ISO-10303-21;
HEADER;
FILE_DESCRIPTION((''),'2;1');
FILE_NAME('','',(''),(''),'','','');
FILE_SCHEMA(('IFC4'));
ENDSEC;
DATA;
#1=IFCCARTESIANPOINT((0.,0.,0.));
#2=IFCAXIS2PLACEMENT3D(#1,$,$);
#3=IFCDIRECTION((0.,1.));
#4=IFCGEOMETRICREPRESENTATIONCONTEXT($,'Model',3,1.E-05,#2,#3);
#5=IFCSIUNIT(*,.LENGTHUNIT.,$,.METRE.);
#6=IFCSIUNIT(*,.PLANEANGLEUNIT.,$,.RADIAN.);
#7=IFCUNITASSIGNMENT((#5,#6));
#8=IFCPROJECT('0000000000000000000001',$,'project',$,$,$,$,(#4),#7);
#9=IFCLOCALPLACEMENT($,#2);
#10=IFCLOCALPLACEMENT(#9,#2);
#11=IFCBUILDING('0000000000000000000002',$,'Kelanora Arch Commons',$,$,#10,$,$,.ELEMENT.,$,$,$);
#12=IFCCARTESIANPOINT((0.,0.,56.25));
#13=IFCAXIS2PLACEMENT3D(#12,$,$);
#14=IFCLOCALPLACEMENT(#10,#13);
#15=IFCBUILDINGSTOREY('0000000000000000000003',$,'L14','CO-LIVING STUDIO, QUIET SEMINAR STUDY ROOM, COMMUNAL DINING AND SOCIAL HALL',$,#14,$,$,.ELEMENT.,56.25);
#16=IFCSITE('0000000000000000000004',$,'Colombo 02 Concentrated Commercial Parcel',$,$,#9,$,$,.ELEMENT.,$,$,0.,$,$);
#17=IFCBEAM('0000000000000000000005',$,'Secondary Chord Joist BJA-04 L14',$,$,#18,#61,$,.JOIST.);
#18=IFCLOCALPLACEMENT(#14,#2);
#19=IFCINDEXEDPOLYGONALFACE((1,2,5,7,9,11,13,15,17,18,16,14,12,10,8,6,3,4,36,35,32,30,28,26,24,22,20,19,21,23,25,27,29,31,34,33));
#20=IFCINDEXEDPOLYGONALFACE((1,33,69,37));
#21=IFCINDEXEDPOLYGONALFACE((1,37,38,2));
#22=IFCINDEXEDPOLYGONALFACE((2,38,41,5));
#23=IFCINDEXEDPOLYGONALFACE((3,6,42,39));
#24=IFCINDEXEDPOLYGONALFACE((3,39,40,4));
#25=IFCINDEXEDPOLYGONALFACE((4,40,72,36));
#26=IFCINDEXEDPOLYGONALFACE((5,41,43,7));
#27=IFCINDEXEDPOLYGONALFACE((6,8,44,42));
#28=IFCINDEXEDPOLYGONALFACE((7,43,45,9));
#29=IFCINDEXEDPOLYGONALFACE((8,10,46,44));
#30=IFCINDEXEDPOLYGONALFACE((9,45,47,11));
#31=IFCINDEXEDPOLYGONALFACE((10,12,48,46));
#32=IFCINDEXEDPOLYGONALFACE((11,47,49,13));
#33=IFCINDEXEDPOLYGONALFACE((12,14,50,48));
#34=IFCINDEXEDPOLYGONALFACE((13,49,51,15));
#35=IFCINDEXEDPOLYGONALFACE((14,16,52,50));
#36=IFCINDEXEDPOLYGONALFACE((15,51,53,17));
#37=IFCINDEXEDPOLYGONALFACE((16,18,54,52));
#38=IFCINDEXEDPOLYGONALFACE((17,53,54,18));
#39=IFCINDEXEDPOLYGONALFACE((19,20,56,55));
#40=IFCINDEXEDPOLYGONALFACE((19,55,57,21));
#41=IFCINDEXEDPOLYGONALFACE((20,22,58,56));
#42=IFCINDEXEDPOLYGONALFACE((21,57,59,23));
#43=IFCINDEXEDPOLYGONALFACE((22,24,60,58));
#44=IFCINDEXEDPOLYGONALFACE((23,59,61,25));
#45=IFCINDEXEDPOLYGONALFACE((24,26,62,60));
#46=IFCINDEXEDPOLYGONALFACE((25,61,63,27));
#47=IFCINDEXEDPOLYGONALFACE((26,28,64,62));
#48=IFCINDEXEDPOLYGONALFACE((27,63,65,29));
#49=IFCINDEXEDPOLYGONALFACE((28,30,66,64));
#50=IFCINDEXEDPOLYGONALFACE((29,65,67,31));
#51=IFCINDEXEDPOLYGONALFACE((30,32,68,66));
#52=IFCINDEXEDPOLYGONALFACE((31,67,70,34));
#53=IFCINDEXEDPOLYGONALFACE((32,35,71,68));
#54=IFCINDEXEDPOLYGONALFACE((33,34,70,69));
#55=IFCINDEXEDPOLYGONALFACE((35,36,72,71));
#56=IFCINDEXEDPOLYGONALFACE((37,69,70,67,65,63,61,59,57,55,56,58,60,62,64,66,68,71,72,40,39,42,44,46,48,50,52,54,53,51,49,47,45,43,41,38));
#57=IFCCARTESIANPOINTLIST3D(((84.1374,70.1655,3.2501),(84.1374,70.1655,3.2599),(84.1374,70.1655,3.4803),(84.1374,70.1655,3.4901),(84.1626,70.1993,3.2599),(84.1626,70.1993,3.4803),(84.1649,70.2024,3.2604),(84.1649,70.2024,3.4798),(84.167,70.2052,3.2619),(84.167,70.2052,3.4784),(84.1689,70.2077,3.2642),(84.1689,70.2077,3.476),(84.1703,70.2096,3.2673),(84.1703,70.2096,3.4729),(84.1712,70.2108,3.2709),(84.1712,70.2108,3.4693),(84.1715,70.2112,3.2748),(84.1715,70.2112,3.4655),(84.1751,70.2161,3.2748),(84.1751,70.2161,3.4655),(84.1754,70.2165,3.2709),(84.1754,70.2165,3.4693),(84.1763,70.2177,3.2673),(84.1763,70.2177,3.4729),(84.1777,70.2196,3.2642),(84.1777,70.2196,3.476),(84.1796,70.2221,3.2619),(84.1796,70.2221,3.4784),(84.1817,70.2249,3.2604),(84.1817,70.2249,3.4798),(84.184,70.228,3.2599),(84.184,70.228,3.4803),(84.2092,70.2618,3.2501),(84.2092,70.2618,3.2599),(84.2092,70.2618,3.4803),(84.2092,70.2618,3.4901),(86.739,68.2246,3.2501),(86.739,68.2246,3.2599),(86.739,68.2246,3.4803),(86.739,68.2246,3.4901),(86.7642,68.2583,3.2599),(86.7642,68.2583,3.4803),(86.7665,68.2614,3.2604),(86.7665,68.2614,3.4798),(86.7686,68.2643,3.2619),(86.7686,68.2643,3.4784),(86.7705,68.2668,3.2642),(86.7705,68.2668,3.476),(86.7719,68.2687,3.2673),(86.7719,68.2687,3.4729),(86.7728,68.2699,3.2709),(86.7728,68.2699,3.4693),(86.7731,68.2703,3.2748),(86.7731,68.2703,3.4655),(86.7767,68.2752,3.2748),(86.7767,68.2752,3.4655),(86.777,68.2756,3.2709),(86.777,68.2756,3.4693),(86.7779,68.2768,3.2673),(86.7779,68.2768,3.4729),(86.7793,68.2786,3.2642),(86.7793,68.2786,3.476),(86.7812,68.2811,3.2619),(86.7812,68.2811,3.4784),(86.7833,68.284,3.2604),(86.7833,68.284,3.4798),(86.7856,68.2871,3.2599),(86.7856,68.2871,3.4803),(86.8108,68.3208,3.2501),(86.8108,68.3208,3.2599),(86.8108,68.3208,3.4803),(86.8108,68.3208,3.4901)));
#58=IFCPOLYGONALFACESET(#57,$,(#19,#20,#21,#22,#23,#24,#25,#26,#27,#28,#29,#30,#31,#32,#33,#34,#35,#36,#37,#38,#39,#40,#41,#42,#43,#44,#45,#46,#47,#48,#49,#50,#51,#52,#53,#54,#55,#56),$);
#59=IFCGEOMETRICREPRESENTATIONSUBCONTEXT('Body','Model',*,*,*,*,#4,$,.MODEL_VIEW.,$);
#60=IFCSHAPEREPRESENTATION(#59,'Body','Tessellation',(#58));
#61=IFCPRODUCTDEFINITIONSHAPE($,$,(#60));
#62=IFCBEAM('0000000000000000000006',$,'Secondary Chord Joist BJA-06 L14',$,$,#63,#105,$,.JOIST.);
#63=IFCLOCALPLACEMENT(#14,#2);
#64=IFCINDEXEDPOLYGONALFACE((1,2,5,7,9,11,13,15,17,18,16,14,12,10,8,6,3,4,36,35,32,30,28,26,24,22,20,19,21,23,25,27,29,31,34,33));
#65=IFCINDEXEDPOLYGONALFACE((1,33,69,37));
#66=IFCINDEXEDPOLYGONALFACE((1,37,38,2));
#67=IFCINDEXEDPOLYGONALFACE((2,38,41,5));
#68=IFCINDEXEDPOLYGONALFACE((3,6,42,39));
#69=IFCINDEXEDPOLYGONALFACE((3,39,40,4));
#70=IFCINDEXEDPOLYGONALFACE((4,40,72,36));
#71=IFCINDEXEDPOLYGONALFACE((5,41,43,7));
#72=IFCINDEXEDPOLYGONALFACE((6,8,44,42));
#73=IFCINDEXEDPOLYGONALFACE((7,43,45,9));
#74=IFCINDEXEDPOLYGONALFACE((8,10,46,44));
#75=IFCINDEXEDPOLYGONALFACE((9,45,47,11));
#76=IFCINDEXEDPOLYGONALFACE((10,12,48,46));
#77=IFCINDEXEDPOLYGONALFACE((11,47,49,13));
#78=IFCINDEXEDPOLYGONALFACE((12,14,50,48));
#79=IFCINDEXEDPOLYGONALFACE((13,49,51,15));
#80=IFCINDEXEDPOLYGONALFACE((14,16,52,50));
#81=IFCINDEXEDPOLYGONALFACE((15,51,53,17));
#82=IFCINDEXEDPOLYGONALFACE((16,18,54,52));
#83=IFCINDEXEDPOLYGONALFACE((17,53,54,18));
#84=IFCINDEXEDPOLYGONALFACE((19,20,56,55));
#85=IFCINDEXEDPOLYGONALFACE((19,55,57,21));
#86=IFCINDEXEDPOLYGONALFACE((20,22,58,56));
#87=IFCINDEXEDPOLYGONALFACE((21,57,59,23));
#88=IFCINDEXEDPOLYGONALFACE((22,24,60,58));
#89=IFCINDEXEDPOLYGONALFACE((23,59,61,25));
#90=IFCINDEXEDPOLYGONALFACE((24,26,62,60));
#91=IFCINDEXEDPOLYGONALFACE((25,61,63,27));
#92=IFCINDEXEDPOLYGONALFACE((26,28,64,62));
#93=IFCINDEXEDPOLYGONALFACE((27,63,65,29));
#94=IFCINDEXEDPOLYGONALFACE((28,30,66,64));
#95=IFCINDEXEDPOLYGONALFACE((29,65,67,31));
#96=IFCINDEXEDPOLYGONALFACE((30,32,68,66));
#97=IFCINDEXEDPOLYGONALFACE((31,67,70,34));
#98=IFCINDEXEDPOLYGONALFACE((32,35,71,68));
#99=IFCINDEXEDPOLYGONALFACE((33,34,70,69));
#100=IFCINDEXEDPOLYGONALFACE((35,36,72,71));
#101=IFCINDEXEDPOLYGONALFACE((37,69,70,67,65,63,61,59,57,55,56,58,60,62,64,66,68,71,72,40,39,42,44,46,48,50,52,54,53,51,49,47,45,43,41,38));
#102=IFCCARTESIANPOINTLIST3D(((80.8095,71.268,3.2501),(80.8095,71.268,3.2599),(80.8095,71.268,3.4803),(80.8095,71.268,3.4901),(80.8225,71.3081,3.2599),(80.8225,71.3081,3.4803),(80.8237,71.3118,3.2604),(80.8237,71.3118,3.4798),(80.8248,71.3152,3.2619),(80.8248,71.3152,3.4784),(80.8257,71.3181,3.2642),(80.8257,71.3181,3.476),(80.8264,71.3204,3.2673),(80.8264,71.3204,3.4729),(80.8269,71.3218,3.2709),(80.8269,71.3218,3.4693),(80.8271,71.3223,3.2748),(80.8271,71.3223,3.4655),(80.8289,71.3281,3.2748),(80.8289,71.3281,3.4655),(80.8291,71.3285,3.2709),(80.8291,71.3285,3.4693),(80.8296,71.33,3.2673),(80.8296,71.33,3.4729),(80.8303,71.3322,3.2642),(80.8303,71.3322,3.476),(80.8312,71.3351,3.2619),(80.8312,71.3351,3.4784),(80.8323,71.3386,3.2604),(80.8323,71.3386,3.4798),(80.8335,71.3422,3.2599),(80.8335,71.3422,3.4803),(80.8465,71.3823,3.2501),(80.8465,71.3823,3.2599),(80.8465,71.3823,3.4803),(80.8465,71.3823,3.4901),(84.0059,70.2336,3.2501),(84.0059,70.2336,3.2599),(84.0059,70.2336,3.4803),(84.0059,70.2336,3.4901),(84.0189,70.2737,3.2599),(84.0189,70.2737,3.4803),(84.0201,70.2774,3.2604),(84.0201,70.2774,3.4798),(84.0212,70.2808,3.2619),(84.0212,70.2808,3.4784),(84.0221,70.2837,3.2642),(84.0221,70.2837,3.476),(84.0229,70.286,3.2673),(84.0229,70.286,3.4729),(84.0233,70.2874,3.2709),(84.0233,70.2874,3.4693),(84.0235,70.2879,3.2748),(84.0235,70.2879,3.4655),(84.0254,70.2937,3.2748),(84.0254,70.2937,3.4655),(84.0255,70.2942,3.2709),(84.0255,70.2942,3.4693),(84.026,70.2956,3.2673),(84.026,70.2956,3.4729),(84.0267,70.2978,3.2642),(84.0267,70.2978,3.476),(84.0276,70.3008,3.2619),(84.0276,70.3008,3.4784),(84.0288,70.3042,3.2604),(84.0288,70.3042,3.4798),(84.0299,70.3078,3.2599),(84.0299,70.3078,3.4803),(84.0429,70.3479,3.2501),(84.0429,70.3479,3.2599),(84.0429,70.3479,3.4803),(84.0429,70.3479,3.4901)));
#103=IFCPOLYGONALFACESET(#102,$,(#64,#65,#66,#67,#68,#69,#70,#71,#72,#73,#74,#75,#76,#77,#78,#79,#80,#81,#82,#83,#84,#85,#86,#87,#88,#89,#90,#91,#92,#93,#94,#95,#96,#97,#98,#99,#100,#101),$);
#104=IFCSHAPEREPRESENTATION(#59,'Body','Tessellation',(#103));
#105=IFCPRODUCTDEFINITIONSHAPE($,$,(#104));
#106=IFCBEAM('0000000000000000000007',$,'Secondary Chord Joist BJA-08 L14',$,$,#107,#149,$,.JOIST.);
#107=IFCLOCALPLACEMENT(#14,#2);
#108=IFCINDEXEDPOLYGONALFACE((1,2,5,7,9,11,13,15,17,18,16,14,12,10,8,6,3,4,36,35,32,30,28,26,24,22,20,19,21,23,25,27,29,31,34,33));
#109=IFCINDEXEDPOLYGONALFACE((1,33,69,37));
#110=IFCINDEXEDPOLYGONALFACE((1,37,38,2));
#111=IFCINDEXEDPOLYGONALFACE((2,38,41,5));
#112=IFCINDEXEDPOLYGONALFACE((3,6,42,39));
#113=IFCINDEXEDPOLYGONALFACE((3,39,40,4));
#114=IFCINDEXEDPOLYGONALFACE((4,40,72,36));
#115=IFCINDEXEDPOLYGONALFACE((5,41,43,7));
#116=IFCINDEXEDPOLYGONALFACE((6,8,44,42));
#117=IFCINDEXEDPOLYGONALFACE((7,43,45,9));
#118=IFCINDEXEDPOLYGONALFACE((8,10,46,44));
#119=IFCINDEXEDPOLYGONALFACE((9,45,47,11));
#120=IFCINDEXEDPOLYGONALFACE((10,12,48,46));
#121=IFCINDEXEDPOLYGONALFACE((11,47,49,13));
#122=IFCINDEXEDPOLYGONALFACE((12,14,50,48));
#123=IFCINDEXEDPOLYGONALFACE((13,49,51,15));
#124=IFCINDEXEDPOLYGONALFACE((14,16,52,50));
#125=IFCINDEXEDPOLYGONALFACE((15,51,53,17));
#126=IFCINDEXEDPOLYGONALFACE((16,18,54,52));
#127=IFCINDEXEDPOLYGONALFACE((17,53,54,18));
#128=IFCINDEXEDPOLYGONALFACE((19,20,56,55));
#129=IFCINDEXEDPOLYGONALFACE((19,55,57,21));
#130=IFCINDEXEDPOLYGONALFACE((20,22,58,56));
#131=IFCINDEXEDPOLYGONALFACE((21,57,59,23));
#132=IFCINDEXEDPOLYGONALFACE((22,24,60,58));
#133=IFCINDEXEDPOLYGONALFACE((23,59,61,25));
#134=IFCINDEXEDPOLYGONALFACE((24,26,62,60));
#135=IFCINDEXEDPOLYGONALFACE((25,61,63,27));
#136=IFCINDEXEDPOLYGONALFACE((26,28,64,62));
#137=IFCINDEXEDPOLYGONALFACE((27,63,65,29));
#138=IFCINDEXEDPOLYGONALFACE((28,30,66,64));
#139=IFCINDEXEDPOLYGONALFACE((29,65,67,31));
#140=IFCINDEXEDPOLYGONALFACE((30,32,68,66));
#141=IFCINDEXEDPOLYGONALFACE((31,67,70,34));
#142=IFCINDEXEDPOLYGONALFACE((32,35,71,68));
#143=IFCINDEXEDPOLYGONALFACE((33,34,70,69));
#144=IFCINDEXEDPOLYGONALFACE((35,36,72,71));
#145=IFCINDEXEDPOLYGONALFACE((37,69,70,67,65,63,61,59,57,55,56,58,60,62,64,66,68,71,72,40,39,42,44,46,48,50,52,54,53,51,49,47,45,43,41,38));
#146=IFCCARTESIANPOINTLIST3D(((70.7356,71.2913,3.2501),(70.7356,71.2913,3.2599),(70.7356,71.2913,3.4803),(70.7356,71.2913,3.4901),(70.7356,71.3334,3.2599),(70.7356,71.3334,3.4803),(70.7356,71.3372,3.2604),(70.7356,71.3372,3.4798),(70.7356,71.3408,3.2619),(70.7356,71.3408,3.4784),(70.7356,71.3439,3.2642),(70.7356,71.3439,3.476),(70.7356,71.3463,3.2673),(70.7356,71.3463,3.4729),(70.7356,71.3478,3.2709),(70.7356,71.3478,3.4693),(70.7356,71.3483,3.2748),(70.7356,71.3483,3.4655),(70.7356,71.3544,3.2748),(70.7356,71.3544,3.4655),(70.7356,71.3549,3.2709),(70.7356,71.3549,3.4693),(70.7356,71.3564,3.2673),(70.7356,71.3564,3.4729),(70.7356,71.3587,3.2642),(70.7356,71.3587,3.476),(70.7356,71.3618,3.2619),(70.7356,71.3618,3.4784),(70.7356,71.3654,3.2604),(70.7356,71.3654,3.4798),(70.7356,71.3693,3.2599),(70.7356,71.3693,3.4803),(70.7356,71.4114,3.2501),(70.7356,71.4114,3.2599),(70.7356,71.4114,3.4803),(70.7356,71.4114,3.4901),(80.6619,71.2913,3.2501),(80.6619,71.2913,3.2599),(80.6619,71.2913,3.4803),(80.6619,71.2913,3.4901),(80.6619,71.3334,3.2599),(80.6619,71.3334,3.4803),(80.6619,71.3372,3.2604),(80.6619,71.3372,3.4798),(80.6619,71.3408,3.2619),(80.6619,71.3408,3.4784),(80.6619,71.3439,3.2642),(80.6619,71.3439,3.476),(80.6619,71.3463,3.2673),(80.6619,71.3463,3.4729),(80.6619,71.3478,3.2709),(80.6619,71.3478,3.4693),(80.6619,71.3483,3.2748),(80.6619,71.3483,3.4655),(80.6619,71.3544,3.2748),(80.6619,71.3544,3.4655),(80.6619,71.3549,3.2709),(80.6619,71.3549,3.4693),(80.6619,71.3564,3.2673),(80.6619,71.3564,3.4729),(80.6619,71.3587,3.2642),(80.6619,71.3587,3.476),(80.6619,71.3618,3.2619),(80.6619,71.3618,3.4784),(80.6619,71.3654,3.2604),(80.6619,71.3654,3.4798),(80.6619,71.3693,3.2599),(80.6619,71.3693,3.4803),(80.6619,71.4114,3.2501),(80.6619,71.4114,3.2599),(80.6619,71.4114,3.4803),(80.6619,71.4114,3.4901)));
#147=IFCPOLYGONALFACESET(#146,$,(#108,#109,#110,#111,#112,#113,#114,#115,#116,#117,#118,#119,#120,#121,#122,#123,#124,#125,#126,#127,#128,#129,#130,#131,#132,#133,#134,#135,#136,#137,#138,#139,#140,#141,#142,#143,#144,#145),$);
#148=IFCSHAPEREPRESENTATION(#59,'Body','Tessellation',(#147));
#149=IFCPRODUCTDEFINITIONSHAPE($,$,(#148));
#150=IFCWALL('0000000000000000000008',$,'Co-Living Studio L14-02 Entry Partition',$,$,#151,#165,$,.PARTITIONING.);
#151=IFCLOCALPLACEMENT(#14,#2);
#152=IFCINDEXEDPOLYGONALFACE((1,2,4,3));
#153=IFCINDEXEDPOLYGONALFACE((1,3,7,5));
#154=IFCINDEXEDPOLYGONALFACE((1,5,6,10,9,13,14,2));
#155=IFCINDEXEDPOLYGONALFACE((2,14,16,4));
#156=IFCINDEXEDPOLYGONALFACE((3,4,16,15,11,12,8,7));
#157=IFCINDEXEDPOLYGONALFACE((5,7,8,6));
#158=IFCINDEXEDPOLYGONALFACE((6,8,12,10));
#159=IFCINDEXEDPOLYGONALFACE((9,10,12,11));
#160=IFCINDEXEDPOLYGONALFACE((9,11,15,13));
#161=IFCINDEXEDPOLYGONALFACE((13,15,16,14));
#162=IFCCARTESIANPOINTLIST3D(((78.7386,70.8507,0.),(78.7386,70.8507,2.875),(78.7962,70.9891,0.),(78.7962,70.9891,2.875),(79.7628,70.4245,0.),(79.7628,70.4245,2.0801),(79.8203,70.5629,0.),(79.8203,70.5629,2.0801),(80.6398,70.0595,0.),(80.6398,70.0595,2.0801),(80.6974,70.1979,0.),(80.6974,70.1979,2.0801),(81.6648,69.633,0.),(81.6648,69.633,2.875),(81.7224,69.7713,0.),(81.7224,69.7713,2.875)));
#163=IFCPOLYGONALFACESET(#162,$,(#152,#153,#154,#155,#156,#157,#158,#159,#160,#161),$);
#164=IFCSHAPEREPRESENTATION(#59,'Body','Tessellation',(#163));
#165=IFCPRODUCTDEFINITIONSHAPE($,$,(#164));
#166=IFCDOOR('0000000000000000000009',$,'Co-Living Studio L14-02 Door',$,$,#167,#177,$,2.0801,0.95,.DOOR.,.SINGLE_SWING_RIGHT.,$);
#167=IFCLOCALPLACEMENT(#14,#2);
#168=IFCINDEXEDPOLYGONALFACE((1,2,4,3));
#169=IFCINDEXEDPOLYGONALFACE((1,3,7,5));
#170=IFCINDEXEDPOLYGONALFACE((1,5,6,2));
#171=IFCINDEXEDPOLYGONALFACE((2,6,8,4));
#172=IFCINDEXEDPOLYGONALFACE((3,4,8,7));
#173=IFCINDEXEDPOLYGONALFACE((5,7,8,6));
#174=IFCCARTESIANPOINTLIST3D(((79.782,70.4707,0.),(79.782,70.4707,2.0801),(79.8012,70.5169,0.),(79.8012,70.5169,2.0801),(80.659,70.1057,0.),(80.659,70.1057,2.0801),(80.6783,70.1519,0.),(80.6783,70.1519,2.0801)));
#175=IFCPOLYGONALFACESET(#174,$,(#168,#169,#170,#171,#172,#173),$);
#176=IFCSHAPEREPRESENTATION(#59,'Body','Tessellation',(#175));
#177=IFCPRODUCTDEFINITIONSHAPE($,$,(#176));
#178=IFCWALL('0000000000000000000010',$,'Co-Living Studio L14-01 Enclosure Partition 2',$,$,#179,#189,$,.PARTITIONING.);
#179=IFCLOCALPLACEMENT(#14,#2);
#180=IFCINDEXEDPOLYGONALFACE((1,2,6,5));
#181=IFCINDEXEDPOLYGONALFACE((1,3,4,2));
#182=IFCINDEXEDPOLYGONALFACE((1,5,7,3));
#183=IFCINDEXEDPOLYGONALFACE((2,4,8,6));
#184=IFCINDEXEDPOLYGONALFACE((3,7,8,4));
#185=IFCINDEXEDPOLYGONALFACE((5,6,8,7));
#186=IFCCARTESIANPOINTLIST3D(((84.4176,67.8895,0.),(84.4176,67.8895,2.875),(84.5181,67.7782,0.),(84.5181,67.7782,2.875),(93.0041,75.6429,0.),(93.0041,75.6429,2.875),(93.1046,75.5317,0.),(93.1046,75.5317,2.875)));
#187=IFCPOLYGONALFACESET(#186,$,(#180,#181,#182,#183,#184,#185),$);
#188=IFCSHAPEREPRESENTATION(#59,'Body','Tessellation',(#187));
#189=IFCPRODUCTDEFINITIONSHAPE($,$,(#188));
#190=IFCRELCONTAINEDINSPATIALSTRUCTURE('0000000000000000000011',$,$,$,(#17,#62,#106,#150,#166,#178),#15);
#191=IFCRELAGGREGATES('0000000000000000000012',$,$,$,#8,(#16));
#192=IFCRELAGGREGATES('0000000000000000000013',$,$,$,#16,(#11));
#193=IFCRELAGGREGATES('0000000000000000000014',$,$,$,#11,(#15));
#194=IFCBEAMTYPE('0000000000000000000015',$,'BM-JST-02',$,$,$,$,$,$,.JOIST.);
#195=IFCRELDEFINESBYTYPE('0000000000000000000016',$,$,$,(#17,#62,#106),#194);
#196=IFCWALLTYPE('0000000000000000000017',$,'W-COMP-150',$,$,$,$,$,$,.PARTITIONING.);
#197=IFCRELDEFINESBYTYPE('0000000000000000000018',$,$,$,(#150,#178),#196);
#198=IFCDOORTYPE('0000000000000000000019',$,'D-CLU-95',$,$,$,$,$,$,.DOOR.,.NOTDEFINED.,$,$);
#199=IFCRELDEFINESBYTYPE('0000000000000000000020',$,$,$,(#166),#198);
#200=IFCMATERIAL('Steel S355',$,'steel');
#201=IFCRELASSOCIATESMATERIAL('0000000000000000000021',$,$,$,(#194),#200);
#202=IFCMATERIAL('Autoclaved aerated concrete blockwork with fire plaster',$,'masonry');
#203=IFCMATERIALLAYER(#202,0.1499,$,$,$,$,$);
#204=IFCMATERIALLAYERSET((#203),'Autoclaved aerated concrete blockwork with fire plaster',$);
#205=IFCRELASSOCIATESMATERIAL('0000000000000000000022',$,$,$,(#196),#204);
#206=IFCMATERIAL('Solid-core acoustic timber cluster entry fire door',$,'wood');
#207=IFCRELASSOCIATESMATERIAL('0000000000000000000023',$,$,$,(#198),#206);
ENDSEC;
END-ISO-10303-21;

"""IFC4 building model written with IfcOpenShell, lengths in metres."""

from ifc_helpers import new_model, si_unit, direction, frame, frame_2d, origin, origin_2d, place, context, subcontext, project, spatial, rectangle, i_section, extrude, material, layer, layer_set, material_profile, profile_set, type_object, element, fill, save


model = new_model("IFC4")

# Units and contexts
model_context = context("Model", 3, precision=1e-05, world=origin(), true_north=direction((0.0, 1.0)))
body_context = subcontext(model_context, "Body", "Model", "MODEL_VIEW")
ifc_project = project(units=[si_unit("LENGTHUNIT", "METRE"), si_unit("PLANEANGLEUNIT", "RADIAN")], contexts=[model_context])

# Site, building, storey
site_placement = place(None, origin())
site = spatial("IfcSite", under=ifc_project, at=site_placement, Name="Colombo 02 Concentrated Commercial Parcel", CompositionType="ELEMENT", RefElevation=0.0)
building_placement = place(site_placement, origin())
building = spatial("IfcBuilding", under=site, at=building_placement, Name="Kelanora Arch Commons", CompositionType="ELEMENT")
storey_placement = place(building_placement, frame((0.0, 0.0, 56.25)))
storey = spatial("IfcBuildingStorey", under=building, at=storey_placement, Name="L14", Description="CO-LIVING STUDIO, QUIET SEMINAR STUDY ROOM, COMMUNAL DINING AND SOCIAL HALL", CompositionType="ELEMENT", Elevation=56.25)

# Beams
ifc_material_1 = material(Name="Steel S355", Category="steel")
ifc_material_profile = material_profile(ifc_material_1, i_section(OverallWidth=0.1201, OverallDepth=0.24, WebThickness=0.0061, FlangeThickness=0.0098, FilletRadius=0.0149, at=origin_2d()), Name="IPE240")
ifc_profile_set = profile_set([ifc_material_profile], Name="Steel S355")
beam_type = type_object("IfcBeamType", Name="BM-JST-02", PredefinedType="JOIST", material=ifc_profile_set)
beam_1_placement = place(storey_placement, frame((86.7749, 68.2727, 3.3701), z_axis=(-0.801514, 0.597976, 0.0), x_axis=(-0.597976, -0.801514, 0.0)))
element("IfcBeam", 1, at=beam_1_placement, inside=storey, type_object=beam_type, Name="Secondary Chord Joist BJA-04 L14", PredefinedType="JOIST", context=body_context, shape_type="SweptSolid", body=[
    extrude(i_section(OverallWidth=0.1201, OverallDepth=0.24, WebThickness=0.0061, FlangeThickness=0.0098, FilletRadius=0.0149, at=origin_2d()), origin(), (0.0, 0.0, 1.0), 3.2458),
])
beam_2_placement = place(storey_placement, frame((84.0244, 70.2908, 3.3701), z_axis=(-0.951423, 0.307888, 0.0), x_axis=(-0.307888, -0.951423, 0.0)))
element("IfcBeam", 2, at=beam_2_placement, inside=storey, type_object=beam_type, Name="Secondary Chord Joist BJA-06 L14", PredefinedType="JOIST", context=body_context, shape_type="SweptSolid", body=[
    extrude(i_section(OverallWidth=0.1201, OverallDepth=0.24, WebThickness=0.0061, FlangeThickness=0.0098, FilletRadius=0.0149, at=origin_2d()), origin(), (0.0, 0.0, 1.0), 3.3596),
])
beam_3_placement = place(storey_placement, frame((80.6619, 71.3513, 3.3701), z_axis=(-1.0, 0.0, 0.0), x_axis=(0.0, -1.0, 0.0)))
element("IfcBeam", 3, at=beam_3_placement, inside=storey, type_object=beam_type, Name="Secondary Chord Joist BJA-08 L14", PredefinedType="JOIST", context=body_context, shape_type="SweptSolid", body=[
    extrude(i_section(OverallWidth=0.1201, OverallDepth=0.24, WebThickness=0.0061, FlangeThickness=0.0098, FilletRadius=0.0149, at=origin_2d()), origin(), (0.0, 0.0, 1.0), 9.9263),
])

# Wall, opening, door
ifc_material_2 = material(Name="Autoclaved aerated concrete blockwork with fire plaster", Category="masonry")
ifc_layer_1 = layer(ifc_material_2, 0.1499)
ifc_layer_set_1 = layer_set([ifc_layer_1], Name="Autoclaved aerated concrete blockwork with fire plaster")
wall_type_1 = type_object("IfcWallType", Name="W-COMP-150", PredefinedType="PARTITIONING", material=ifc_layer_set_1)
wall_1_placement = place(storey_placement, frame((81.6936, 69.7021, 0.0), z_axis=(0.0, 0.0, 1.0), x_axis=(-0.923245, 0.384211, 0.0)))
wall_1 = element("IfcWall", 4, at=wall_1_placement, inside=storey, type_object=wall_type_1, Name="Co-Living Studio L14-02 Entry Partition", PredefinedType="PARTITIONING", context=body_context, shape_type="SweptSolid", body=[
    extrude(rectangle(XDim=3.1694, YDim=0.1499, at=frame_2d((1.5847, 0.0))), origin(), (0.0, 0.0, 1.0), 2.875),
])
opening_1_placement = place(wall_1_placement, frame((1.1101, 0.0, 0.0)))
opening_1 = element("IfcOpeningElement", 5, at=opening_1_placement, cuts=wall_1, PredefinedType="OPENING", context=body_context, shape_type="SweptSolid", body=[
    extrude(rectangle(XDim=0.95, YDim=2.0801, at=frame_2d((0.4751, 1.04))), frame((0.0, 0.085, 0.0), z_axis=(0.0, -1.0, 0.0), x_axis=(1.0, 0.0, 0.0)), (0.0, 0.0, 1.0), 0.1699),
])
ifc_material_3 = material(Name="Solid-core acoustic timber cluster entry fire door", Category="wood")
door_type_1 = type_object("IfcDoorType", Name="D-CLU-95", OperationType="NOTDEFINED", PredefinedType="DOOR", material=ifc_material_3)
door_1_placement = place(opening_1_placement, origin())
door_1 = element("IfcDoor", 6, at=door_1_placement, inside=storey, type_object=door_type_1, Name="Co-Living Studio L14-02 Door", OperationType="SINGLE_SWING_RIGHT", OverallHeight=2.0801, OverallWidth=0.95, PredefinedType="DOOR", context=body_context, shape_type="SweptSolid", body=[
    extrude(rectangle(XDim=0.95, YDim=2.0801, at=frame_2d((0.4751, 1.04))), frame((0.0, 0.0249, 0.0), z_axis=(0.0, -1.0, 0.0), x_axis=(1.0, 0.0, 0.0)), (0.0, 0.0, 1.0), 0.05),
])
fill(opening_1, door_1)

# Wall
wall_2_placement = place(storey_placement, frame((84.4678, 67.8337, 0.0), z_axis=(0.0, 0.0, 1.0), x_axis=(0.742191, 0.670188, 0.0)))
element("IfcWall", 7, at=wall_2_placement, inside=storey, type_object=wall_type_1, Name="Co-Living Studio L14-01 Enclosure Partition 2", PredefinedType="PARTITIONING", context=body_context, shape_type="SweptSolid", body=[
    extrude(rectangle(XDim=11.5691, YDim=0.1499, at=frame_2d((5.7847, 0.0))), origin(), (0.0, 0.0, 1.0), 2.875),
])

save(model, "model.ifc")
